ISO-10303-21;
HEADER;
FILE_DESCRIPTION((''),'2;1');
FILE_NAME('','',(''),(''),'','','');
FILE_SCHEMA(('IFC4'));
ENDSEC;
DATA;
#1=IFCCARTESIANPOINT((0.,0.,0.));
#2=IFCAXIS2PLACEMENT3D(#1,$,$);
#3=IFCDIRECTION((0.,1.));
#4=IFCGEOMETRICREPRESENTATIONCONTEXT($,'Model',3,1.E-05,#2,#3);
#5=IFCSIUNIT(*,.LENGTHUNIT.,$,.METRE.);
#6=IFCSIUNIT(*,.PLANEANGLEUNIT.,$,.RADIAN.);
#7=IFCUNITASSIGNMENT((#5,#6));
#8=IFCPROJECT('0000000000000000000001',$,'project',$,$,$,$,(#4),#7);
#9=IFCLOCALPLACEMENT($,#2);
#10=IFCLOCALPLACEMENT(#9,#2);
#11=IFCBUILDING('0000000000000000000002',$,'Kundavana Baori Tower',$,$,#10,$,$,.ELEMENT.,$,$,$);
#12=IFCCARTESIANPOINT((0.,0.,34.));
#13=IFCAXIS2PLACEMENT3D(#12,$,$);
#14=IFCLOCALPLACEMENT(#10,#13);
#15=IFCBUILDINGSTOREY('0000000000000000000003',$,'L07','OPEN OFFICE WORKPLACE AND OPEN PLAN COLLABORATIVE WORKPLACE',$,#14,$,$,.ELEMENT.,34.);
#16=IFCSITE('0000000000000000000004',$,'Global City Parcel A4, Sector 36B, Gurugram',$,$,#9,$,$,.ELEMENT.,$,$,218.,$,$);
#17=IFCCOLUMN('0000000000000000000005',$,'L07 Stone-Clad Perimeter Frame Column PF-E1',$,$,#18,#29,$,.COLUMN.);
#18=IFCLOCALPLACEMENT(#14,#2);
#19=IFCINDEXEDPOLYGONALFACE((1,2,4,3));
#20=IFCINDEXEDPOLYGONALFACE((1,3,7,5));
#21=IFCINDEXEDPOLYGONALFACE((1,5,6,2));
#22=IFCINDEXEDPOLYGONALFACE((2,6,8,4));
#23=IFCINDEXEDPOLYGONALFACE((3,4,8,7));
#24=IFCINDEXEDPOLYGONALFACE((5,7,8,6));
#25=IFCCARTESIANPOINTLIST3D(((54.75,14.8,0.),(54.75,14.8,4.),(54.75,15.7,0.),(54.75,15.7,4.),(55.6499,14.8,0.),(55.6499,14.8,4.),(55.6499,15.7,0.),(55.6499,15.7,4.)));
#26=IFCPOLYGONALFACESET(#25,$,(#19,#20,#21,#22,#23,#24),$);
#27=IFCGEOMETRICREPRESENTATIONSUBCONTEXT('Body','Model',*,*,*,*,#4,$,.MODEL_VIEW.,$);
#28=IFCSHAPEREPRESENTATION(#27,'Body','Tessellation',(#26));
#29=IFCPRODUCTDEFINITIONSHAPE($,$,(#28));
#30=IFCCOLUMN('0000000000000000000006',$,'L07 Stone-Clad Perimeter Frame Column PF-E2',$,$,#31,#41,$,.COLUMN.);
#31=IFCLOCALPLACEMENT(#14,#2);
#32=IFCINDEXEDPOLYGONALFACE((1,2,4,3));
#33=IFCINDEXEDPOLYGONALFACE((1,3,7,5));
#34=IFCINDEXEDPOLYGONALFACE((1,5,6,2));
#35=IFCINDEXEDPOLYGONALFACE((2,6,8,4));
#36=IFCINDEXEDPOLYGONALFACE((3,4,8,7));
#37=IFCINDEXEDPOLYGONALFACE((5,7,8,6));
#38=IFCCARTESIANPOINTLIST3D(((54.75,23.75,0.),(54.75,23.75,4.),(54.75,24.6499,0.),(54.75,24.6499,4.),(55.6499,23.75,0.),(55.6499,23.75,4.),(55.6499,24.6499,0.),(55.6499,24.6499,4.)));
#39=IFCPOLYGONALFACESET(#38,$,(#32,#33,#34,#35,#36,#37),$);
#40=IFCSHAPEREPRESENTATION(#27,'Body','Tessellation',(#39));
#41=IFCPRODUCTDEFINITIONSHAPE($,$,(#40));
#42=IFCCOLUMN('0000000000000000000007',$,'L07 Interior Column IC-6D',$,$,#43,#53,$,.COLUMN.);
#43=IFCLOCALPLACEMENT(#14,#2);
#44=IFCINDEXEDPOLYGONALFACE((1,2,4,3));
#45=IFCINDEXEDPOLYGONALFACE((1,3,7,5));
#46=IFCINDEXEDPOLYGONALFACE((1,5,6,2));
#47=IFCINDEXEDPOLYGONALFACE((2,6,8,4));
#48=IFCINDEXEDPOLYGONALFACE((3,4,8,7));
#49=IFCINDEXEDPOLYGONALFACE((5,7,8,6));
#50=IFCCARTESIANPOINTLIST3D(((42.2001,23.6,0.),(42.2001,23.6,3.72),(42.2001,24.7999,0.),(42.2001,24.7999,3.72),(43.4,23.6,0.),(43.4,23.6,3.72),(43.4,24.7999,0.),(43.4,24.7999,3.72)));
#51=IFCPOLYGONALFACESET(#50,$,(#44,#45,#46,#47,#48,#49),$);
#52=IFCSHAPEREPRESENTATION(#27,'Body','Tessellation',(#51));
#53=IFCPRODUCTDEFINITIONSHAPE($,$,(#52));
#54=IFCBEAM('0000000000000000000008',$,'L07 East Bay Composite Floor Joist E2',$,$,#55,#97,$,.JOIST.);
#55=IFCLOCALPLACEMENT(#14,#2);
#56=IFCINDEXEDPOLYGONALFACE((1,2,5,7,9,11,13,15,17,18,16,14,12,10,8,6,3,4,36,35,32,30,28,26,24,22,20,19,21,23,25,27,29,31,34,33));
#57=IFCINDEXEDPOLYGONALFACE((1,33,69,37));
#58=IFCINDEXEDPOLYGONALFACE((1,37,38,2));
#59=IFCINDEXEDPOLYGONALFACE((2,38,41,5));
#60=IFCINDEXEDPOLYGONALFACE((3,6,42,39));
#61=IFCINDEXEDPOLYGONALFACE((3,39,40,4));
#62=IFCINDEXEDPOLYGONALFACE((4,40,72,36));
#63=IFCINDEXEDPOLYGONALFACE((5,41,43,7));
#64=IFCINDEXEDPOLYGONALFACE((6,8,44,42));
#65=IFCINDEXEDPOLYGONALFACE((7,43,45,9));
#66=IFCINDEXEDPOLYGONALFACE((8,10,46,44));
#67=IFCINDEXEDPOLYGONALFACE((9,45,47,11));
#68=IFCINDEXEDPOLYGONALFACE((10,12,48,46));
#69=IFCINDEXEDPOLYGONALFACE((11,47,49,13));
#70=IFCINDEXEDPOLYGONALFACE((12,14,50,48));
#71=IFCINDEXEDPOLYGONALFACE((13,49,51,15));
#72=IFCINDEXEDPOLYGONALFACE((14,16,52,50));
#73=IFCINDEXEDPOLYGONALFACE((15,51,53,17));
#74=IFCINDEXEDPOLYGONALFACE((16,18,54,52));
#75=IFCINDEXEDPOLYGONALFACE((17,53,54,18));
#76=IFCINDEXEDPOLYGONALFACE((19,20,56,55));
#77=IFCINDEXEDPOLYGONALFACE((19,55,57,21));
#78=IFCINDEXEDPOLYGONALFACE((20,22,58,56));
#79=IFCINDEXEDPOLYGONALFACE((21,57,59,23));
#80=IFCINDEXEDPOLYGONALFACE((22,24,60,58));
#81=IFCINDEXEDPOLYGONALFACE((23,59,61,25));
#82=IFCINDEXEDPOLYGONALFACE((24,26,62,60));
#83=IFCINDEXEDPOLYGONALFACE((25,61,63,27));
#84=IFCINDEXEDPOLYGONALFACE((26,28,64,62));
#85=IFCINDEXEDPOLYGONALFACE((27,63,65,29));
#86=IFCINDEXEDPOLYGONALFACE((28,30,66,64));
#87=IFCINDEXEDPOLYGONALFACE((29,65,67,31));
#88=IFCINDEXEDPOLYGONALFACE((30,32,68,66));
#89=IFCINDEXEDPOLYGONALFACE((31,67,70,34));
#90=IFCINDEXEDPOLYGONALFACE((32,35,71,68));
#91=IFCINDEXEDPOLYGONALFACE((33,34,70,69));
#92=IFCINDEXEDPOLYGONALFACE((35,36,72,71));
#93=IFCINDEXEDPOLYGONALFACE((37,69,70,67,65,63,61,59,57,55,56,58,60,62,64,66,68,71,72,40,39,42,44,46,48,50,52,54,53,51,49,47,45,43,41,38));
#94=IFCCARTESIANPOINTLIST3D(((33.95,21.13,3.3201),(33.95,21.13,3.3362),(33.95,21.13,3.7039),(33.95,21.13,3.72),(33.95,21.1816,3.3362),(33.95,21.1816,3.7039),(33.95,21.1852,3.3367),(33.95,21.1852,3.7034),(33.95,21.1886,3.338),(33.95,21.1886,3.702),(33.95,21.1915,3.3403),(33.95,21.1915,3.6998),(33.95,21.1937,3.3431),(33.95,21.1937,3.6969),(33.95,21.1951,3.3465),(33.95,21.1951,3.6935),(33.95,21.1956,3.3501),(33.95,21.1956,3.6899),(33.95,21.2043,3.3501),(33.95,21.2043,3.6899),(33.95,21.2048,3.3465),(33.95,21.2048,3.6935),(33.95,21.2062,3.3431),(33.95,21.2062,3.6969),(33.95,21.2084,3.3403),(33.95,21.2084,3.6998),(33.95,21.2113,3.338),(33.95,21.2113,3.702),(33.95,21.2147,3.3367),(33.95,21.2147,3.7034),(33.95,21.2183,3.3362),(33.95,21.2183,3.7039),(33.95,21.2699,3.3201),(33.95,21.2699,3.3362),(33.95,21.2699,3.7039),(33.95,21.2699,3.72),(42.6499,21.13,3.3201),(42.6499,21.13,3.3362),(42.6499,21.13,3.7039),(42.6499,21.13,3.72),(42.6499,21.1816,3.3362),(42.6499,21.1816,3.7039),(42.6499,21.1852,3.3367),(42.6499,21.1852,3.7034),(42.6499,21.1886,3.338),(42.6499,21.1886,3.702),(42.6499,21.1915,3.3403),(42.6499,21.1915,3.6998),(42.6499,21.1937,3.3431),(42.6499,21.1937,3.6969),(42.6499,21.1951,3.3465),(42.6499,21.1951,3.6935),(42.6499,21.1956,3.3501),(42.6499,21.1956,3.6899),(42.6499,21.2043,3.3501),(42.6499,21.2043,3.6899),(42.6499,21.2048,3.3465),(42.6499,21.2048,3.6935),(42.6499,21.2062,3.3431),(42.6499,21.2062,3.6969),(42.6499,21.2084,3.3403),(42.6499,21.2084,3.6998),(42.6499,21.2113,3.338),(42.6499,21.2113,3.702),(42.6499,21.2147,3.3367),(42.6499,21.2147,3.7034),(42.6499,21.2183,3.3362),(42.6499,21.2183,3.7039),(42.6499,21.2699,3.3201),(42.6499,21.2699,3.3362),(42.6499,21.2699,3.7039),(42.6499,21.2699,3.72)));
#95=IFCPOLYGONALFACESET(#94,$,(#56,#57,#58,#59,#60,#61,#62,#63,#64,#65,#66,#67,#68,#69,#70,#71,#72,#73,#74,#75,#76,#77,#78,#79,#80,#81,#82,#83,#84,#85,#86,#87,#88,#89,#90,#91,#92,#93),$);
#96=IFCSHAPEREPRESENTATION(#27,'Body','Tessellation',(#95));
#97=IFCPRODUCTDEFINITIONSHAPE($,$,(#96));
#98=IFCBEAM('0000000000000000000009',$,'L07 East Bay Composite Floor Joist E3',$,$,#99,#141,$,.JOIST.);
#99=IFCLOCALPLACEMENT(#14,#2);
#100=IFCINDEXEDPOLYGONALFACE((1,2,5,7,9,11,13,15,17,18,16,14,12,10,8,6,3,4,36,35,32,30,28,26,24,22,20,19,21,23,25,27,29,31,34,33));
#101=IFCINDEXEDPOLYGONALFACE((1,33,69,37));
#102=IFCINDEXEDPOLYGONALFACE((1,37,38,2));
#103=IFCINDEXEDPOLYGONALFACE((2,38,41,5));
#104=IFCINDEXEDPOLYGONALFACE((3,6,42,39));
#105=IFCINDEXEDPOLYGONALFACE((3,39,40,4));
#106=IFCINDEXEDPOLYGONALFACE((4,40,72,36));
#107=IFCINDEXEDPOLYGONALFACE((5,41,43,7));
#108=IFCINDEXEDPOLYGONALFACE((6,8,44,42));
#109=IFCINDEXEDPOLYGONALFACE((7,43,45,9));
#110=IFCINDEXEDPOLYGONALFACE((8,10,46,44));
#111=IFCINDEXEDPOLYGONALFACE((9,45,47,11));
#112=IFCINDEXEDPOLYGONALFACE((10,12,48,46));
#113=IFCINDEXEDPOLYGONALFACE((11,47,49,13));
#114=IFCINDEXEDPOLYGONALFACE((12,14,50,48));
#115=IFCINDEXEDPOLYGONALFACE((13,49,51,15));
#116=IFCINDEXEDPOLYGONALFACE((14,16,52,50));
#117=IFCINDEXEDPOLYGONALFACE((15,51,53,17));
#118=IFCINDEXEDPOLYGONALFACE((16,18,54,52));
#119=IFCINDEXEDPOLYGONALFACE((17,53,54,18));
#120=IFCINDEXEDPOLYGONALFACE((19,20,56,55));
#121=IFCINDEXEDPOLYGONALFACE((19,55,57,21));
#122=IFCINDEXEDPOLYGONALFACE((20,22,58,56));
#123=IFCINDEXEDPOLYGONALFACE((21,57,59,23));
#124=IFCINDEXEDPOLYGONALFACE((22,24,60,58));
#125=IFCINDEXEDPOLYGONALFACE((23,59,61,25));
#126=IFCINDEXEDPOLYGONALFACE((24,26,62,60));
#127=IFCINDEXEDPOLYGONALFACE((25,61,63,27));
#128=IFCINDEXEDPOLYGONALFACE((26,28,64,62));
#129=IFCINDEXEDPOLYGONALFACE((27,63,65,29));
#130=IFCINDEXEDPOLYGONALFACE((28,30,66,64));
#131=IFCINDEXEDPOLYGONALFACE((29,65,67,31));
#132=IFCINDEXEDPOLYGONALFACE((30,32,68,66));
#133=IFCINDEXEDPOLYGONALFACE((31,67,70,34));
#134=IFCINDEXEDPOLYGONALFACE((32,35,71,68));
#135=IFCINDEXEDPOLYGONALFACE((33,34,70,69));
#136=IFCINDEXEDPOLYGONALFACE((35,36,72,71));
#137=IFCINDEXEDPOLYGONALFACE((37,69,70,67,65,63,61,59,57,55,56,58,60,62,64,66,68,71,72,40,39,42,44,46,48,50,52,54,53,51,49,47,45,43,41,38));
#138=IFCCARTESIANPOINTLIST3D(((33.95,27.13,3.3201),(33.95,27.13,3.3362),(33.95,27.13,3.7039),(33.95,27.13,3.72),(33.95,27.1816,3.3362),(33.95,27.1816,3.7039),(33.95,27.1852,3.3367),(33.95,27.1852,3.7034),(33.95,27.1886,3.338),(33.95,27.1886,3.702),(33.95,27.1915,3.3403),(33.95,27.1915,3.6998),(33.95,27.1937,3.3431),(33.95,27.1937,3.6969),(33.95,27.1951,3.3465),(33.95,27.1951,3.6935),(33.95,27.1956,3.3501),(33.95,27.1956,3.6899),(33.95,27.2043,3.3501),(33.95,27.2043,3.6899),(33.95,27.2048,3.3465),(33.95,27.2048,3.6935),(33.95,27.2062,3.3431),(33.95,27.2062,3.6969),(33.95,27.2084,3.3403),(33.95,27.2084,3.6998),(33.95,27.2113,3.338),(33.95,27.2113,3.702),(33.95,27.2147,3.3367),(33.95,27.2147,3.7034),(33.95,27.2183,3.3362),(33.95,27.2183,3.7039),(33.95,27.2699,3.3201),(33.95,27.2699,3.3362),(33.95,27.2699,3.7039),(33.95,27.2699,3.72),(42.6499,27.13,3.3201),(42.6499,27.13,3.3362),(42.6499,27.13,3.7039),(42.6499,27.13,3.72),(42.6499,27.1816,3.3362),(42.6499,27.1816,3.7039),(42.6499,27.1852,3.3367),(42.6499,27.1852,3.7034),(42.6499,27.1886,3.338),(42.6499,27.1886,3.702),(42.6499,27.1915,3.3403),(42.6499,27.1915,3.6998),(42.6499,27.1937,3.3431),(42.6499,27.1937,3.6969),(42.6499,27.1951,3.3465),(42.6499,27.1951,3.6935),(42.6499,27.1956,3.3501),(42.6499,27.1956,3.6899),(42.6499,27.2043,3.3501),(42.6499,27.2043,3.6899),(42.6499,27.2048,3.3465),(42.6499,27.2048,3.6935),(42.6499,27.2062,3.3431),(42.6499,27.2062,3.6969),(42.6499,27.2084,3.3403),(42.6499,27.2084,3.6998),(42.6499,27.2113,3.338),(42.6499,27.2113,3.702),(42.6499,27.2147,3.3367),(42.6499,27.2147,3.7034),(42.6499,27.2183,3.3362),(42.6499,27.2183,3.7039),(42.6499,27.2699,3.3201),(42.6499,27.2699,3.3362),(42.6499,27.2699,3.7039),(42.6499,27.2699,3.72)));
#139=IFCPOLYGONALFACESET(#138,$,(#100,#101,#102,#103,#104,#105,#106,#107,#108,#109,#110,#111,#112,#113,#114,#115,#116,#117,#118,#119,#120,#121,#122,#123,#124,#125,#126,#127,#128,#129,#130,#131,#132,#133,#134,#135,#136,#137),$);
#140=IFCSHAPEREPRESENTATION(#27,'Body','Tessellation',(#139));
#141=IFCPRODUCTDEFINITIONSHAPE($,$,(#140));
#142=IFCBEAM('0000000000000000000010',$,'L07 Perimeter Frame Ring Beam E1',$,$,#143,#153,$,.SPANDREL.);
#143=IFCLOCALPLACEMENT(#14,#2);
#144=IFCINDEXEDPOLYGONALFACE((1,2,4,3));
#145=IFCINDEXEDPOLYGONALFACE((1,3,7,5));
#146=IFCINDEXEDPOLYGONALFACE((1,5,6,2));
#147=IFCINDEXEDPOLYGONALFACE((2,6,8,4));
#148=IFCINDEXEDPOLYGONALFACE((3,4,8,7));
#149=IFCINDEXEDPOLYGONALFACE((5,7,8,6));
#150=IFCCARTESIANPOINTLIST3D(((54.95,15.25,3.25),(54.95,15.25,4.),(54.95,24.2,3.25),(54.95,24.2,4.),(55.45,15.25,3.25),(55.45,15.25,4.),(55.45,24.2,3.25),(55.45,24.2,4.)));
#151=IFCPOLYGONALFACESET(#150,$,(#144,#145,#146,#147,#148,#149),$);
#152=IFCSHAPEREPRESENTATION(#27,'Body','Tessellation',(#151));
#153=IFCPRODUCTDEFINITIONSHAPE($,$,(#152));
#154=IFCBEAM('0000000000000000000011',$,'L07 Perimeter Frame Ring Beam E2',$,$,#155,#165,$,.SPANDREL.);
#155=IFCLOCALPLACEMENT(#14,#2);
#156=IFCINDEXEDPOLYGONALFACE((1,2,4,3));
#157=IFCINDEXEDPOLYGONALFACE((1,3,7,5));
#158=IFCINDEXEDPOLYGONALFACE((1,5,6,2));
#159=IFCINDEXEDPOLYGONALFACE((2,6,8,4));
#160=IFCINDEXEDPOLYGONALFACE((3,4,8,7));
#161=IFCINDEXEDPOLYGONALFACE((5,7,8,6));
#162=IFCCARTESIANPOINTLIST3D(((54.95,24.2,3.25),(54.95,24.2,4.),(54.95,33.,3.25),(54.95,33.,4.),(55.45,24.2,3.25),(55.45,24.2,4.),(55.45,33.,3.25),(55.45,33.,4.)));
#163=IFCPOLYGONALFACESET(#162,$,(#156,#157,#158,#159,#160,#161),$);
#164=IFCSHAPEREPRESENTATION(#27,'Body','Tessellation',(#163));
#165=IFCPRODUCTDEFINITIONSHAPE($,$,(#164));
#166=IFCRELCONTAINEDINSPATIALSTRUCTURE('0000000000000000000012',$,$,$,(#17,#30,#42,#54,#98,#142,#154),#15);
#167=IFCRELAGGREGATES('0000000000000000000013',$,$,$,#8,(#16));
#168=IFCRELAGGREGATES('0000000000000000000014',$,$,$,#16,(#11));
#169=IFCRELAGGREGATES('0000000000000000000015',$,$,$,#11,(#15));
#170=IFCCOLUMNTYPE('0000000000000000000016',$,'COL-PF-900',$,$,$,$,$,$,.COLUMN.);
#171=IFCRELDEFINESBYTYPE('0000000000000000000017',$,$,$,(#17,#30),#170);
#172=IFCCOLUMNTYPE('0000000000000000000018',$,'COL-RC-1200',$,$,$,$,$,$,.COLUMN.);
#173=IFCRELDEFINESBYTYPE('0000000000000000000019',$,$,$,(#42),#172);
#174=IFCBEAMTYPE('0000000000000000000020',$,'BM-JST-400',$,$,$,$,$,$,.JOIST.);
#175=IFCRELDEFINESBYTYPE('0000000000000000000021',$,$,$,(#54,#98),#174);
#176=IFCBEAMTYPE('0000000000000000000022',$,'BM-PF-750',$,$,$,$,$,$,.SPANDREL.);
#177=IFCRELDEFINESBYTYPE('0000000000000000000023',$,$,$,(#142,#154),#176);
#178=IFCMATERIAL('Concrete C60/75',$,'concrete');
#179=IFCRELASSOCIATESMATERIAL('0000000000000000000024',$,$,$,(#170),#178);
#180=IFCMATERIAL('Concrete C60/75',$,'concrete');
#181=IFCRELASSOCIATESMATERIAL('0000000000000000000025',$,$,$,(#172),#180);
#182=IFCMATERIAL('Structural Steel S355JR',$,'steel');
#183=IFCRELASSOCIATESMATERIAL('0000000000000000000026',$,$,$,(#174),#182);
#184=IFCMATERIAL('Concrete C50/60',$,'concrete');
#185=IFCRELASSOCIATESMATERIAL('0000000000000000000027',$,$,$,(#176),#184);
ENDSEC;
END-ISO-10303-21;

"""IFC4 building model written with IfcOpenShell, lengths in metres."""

from ifc_helpers import new_model, si_unit, direction, frame, origin, origin_2d, place, context, subcontext, project, spatial, rectangle, i_section, extrude, material, material_profile, profile_set, type_object, element, save


model = new_model("IFC4")

# Units and contexts
model_context = context("Model", 3, precision=1e-05, world=origin(), true_north=direction((0.0, 1.0)))
body_context = subcontext(model_context, "Body", "Model", "MODEL_VIEW")
ifc_project = project(units=[si_unit("LENGTHUNIT", "METRE"), si_unit("PLANEANGLEUNIT", "RADIAN")], contexts=[model_context])

# Site, building, storey
site_placement = place(None, origin())
site = spatial("IfcSite", under=ifc_project, at=site_placement, Name="Global City Parcel A4, Sector 36B, Gurugram", CompositionType="ELEMENT", RefElevation=218.0)
building_placement = place(site_placement, origin())
building = spatial("IfcBuilding", under=site, at=building_placement, Name="Kundavana Baori Tower", CompositionType="ELEMENT")
storey_placement = place(building_placement, frame((0.0, 0.0, 34.0)))
storey = spatial("IfcBuildingStorey", under=building, at=storey_placement, Name="L07", Description="OPEN OFFICE WORKPLACE AND OPEN PLAN COLLABORATIVE WORKPLACE", CompositionType="ELEMENT", Elevation=34.0)

# Columns
ifc_material_1 = material(Name="Concrete C60/75", Category="concrete")
ifc_material_profile_1 = material_profile(ifc_material_1, rectangle(XDim=0.8999, YDim=0.8999, at=origin_2d()), Name="RC PF 900x900")
ifc_profile_set_1 = profile_set([ifc_material_profile_1], Name="Concrete C60/75")
column_type_1 = type_object("IfcColumnType", Name="COL-PF-900", PredefinedType="COLUMN", material=ifc_profile_set_1)
for number, where, z_axis, x_axis, name in (
    (1, (55.2, 15.25, 0.0), (0.0, 0.0, 1.0), (1.0, 0.0, 0.0), "L07 Stone-Clad Perimeter Frame Column PF-E1"),
    (2, (55.2, 24.2, 0.0), (0.0, 0.0, 1.0), (1.0, 0.0, 0.0), "L07 Stone-Clad Perimeter Frame Column PF-E2"),
):
    element("IfcColumn", number, at=place(storey_placement, frame(where, z_axis=z_axis, x_axis=x_axis)), inside=storey, type_object=column_type_1, Name=name, PredefinedType="COLUMN", context=body_context, shape_type="SweptSolid", body=[
        extrude(rectangle(XDim=0.8999, YDim=0.8999, at=origin_2d()), origin(), (0.0, 0.0, 1.0), 4.0),
    ])
ifc_material_2 = material(Name="Concrete C60/75", Category="concrete")
ifc_material_profile_2 = material_profile(ifc_material_2, rectangle(XDim=1.2, YDim=1.2, at=origin_2d()), Name="RC 1200x1200")
ifc_profile_set_2 = profile_set([ifc_material_profile_2], Name="Concrete C60/75")
column_type_2 = type_object("IfcColumnType", Name="COL-RC-1200", PredefinedType="COLUMN", material=ifc_profile_set_2)
column_placement = place(storey_placement, frame((42.8, 24.2, 0.0), z_axis=(0.0, 0.0, 1.0), x_axis=(1.0, 0.0, 0.0)))
element("IfcColumn", 3, at=column_placement, inside=storey, type_object=column_type_2, Name="L07 Interior Column IC-6D", PredefinedType="COLUMN", context=body_context, shape_type="SweptSolid", body=[
    extrude(rectangle(XDim=1.2, YDim=1.2, at=origin_2d()), origin(), (0.0, 0.0, 1.0), 3.72),
])

# Beams
ifc_material_3 = material(Name="Structural Steel S355JR", Category="steel")
ifc_material_profile_3 = material_profile(ifc_material_3, i_section(OverallWidth=0.1399, OverallDepth=0.3999, WebThickness=0.0088, FlangeThickness=0.0161, FilletRadius=0.0139, at=origin_2d()), Name="ISMB 400")
ifc_profile_set_3 = profile_set([ifc_material_profile_3], Name="Structural Steel S355JR")
beam_type_1 = type_object("IfcBeamType", Name="BM-JST-400", PredefinedType="JOIST", material=ifc_profile_set_3)
for number, where, z_axis, x_axis, name in (
    (4, (33.95, 21.2, 3.52), (1.0, 0.0, 0.0), (0.0, 1.0, 0.0), "L07 East Bay Composite Floor Joist E2"),
    (5, (33.95, 27.2, 3.52), (1.0, 0.0, 0.0), (0.0, 1.0, 0.0), "L07 East Bay Composite Floor Joist E3"),
):
    element("IfcBeam", number, at=place(storey_placement, frame(where, z_axis=z_axis, x_axis=x_axis)), inside=storey, type_object=beam_type_1, Name=name, PredefinedType="JOIST", context=body_context, shape_type="SweptSolid", body=[
        extrude(i_section(OverallWidth=0.1399, OverallDepth=0.3999, WebThickness=0.0088, FlangeThickness=0.0161, FilletRadius=0.0139, at=origin_2d()), origin(), (0.0, 0.0, 1.0), 8.7),
    ])
ifc_material_4 = material(Name="Concrete C50/60", Category="concrete")
ifc_material_profile_4 = material_profile(ifc_material_4, rectangle(XDim=0.5, YDim=0.75, at=origin_2d()), Name="RC BM 500x750")
ifc_profile_set_4 = profile_set([ifc_material_profile_4], Name="Concrete C50/60")
beam_type_2 = type_object("IfcBeamType", Name="BM-PF-750", PredefinedType="SPANDREL", material=ifc_profile_set_4)
beam_1_placement = place(storey_placement, frame((55.2, 15.25, 3.625), z_axis=(0.0, 1.0, 0.0), x_axis=(-1.0, 0.0, 0.0)))
element("IfcBeam", 6, at=beam_1_placement, inside=storey, type_object=beam_type_2, Name="L07 Perimeter Frame Ring Beam E1", PredefinedType="SPANDREL", context=body_context, shape_type="SweptSolid", body=[
    extrude(rectangle(XDim=0.5, YDim=0.75, at=origin_2d()), origin(), (0.0, 0.0, 1.0), 8.95),
])
beam_2_placement = place(storey_placement, frame((55.2, 24.2, 3.625), z_axis=(0.0, 1.0, 0.0), x_axis=(-1.0, 0.0, 0.0)))
element("IfcBeam", 7, at=beam_2_placement, inside=storey, type_object=beam_type_2, Name="L07 Perimeter Frame Ring Beam E2", PredefinedType="SPANDREL", context=body_context, shape_type="SweptSolid", body=[
    extrude(rectangle(XDim=0.5, YDim=0.75, at=origin_2d()), origin(), (0.0, 0.0, 1.0), 8.8),
])

save(model, "model.ifc")
